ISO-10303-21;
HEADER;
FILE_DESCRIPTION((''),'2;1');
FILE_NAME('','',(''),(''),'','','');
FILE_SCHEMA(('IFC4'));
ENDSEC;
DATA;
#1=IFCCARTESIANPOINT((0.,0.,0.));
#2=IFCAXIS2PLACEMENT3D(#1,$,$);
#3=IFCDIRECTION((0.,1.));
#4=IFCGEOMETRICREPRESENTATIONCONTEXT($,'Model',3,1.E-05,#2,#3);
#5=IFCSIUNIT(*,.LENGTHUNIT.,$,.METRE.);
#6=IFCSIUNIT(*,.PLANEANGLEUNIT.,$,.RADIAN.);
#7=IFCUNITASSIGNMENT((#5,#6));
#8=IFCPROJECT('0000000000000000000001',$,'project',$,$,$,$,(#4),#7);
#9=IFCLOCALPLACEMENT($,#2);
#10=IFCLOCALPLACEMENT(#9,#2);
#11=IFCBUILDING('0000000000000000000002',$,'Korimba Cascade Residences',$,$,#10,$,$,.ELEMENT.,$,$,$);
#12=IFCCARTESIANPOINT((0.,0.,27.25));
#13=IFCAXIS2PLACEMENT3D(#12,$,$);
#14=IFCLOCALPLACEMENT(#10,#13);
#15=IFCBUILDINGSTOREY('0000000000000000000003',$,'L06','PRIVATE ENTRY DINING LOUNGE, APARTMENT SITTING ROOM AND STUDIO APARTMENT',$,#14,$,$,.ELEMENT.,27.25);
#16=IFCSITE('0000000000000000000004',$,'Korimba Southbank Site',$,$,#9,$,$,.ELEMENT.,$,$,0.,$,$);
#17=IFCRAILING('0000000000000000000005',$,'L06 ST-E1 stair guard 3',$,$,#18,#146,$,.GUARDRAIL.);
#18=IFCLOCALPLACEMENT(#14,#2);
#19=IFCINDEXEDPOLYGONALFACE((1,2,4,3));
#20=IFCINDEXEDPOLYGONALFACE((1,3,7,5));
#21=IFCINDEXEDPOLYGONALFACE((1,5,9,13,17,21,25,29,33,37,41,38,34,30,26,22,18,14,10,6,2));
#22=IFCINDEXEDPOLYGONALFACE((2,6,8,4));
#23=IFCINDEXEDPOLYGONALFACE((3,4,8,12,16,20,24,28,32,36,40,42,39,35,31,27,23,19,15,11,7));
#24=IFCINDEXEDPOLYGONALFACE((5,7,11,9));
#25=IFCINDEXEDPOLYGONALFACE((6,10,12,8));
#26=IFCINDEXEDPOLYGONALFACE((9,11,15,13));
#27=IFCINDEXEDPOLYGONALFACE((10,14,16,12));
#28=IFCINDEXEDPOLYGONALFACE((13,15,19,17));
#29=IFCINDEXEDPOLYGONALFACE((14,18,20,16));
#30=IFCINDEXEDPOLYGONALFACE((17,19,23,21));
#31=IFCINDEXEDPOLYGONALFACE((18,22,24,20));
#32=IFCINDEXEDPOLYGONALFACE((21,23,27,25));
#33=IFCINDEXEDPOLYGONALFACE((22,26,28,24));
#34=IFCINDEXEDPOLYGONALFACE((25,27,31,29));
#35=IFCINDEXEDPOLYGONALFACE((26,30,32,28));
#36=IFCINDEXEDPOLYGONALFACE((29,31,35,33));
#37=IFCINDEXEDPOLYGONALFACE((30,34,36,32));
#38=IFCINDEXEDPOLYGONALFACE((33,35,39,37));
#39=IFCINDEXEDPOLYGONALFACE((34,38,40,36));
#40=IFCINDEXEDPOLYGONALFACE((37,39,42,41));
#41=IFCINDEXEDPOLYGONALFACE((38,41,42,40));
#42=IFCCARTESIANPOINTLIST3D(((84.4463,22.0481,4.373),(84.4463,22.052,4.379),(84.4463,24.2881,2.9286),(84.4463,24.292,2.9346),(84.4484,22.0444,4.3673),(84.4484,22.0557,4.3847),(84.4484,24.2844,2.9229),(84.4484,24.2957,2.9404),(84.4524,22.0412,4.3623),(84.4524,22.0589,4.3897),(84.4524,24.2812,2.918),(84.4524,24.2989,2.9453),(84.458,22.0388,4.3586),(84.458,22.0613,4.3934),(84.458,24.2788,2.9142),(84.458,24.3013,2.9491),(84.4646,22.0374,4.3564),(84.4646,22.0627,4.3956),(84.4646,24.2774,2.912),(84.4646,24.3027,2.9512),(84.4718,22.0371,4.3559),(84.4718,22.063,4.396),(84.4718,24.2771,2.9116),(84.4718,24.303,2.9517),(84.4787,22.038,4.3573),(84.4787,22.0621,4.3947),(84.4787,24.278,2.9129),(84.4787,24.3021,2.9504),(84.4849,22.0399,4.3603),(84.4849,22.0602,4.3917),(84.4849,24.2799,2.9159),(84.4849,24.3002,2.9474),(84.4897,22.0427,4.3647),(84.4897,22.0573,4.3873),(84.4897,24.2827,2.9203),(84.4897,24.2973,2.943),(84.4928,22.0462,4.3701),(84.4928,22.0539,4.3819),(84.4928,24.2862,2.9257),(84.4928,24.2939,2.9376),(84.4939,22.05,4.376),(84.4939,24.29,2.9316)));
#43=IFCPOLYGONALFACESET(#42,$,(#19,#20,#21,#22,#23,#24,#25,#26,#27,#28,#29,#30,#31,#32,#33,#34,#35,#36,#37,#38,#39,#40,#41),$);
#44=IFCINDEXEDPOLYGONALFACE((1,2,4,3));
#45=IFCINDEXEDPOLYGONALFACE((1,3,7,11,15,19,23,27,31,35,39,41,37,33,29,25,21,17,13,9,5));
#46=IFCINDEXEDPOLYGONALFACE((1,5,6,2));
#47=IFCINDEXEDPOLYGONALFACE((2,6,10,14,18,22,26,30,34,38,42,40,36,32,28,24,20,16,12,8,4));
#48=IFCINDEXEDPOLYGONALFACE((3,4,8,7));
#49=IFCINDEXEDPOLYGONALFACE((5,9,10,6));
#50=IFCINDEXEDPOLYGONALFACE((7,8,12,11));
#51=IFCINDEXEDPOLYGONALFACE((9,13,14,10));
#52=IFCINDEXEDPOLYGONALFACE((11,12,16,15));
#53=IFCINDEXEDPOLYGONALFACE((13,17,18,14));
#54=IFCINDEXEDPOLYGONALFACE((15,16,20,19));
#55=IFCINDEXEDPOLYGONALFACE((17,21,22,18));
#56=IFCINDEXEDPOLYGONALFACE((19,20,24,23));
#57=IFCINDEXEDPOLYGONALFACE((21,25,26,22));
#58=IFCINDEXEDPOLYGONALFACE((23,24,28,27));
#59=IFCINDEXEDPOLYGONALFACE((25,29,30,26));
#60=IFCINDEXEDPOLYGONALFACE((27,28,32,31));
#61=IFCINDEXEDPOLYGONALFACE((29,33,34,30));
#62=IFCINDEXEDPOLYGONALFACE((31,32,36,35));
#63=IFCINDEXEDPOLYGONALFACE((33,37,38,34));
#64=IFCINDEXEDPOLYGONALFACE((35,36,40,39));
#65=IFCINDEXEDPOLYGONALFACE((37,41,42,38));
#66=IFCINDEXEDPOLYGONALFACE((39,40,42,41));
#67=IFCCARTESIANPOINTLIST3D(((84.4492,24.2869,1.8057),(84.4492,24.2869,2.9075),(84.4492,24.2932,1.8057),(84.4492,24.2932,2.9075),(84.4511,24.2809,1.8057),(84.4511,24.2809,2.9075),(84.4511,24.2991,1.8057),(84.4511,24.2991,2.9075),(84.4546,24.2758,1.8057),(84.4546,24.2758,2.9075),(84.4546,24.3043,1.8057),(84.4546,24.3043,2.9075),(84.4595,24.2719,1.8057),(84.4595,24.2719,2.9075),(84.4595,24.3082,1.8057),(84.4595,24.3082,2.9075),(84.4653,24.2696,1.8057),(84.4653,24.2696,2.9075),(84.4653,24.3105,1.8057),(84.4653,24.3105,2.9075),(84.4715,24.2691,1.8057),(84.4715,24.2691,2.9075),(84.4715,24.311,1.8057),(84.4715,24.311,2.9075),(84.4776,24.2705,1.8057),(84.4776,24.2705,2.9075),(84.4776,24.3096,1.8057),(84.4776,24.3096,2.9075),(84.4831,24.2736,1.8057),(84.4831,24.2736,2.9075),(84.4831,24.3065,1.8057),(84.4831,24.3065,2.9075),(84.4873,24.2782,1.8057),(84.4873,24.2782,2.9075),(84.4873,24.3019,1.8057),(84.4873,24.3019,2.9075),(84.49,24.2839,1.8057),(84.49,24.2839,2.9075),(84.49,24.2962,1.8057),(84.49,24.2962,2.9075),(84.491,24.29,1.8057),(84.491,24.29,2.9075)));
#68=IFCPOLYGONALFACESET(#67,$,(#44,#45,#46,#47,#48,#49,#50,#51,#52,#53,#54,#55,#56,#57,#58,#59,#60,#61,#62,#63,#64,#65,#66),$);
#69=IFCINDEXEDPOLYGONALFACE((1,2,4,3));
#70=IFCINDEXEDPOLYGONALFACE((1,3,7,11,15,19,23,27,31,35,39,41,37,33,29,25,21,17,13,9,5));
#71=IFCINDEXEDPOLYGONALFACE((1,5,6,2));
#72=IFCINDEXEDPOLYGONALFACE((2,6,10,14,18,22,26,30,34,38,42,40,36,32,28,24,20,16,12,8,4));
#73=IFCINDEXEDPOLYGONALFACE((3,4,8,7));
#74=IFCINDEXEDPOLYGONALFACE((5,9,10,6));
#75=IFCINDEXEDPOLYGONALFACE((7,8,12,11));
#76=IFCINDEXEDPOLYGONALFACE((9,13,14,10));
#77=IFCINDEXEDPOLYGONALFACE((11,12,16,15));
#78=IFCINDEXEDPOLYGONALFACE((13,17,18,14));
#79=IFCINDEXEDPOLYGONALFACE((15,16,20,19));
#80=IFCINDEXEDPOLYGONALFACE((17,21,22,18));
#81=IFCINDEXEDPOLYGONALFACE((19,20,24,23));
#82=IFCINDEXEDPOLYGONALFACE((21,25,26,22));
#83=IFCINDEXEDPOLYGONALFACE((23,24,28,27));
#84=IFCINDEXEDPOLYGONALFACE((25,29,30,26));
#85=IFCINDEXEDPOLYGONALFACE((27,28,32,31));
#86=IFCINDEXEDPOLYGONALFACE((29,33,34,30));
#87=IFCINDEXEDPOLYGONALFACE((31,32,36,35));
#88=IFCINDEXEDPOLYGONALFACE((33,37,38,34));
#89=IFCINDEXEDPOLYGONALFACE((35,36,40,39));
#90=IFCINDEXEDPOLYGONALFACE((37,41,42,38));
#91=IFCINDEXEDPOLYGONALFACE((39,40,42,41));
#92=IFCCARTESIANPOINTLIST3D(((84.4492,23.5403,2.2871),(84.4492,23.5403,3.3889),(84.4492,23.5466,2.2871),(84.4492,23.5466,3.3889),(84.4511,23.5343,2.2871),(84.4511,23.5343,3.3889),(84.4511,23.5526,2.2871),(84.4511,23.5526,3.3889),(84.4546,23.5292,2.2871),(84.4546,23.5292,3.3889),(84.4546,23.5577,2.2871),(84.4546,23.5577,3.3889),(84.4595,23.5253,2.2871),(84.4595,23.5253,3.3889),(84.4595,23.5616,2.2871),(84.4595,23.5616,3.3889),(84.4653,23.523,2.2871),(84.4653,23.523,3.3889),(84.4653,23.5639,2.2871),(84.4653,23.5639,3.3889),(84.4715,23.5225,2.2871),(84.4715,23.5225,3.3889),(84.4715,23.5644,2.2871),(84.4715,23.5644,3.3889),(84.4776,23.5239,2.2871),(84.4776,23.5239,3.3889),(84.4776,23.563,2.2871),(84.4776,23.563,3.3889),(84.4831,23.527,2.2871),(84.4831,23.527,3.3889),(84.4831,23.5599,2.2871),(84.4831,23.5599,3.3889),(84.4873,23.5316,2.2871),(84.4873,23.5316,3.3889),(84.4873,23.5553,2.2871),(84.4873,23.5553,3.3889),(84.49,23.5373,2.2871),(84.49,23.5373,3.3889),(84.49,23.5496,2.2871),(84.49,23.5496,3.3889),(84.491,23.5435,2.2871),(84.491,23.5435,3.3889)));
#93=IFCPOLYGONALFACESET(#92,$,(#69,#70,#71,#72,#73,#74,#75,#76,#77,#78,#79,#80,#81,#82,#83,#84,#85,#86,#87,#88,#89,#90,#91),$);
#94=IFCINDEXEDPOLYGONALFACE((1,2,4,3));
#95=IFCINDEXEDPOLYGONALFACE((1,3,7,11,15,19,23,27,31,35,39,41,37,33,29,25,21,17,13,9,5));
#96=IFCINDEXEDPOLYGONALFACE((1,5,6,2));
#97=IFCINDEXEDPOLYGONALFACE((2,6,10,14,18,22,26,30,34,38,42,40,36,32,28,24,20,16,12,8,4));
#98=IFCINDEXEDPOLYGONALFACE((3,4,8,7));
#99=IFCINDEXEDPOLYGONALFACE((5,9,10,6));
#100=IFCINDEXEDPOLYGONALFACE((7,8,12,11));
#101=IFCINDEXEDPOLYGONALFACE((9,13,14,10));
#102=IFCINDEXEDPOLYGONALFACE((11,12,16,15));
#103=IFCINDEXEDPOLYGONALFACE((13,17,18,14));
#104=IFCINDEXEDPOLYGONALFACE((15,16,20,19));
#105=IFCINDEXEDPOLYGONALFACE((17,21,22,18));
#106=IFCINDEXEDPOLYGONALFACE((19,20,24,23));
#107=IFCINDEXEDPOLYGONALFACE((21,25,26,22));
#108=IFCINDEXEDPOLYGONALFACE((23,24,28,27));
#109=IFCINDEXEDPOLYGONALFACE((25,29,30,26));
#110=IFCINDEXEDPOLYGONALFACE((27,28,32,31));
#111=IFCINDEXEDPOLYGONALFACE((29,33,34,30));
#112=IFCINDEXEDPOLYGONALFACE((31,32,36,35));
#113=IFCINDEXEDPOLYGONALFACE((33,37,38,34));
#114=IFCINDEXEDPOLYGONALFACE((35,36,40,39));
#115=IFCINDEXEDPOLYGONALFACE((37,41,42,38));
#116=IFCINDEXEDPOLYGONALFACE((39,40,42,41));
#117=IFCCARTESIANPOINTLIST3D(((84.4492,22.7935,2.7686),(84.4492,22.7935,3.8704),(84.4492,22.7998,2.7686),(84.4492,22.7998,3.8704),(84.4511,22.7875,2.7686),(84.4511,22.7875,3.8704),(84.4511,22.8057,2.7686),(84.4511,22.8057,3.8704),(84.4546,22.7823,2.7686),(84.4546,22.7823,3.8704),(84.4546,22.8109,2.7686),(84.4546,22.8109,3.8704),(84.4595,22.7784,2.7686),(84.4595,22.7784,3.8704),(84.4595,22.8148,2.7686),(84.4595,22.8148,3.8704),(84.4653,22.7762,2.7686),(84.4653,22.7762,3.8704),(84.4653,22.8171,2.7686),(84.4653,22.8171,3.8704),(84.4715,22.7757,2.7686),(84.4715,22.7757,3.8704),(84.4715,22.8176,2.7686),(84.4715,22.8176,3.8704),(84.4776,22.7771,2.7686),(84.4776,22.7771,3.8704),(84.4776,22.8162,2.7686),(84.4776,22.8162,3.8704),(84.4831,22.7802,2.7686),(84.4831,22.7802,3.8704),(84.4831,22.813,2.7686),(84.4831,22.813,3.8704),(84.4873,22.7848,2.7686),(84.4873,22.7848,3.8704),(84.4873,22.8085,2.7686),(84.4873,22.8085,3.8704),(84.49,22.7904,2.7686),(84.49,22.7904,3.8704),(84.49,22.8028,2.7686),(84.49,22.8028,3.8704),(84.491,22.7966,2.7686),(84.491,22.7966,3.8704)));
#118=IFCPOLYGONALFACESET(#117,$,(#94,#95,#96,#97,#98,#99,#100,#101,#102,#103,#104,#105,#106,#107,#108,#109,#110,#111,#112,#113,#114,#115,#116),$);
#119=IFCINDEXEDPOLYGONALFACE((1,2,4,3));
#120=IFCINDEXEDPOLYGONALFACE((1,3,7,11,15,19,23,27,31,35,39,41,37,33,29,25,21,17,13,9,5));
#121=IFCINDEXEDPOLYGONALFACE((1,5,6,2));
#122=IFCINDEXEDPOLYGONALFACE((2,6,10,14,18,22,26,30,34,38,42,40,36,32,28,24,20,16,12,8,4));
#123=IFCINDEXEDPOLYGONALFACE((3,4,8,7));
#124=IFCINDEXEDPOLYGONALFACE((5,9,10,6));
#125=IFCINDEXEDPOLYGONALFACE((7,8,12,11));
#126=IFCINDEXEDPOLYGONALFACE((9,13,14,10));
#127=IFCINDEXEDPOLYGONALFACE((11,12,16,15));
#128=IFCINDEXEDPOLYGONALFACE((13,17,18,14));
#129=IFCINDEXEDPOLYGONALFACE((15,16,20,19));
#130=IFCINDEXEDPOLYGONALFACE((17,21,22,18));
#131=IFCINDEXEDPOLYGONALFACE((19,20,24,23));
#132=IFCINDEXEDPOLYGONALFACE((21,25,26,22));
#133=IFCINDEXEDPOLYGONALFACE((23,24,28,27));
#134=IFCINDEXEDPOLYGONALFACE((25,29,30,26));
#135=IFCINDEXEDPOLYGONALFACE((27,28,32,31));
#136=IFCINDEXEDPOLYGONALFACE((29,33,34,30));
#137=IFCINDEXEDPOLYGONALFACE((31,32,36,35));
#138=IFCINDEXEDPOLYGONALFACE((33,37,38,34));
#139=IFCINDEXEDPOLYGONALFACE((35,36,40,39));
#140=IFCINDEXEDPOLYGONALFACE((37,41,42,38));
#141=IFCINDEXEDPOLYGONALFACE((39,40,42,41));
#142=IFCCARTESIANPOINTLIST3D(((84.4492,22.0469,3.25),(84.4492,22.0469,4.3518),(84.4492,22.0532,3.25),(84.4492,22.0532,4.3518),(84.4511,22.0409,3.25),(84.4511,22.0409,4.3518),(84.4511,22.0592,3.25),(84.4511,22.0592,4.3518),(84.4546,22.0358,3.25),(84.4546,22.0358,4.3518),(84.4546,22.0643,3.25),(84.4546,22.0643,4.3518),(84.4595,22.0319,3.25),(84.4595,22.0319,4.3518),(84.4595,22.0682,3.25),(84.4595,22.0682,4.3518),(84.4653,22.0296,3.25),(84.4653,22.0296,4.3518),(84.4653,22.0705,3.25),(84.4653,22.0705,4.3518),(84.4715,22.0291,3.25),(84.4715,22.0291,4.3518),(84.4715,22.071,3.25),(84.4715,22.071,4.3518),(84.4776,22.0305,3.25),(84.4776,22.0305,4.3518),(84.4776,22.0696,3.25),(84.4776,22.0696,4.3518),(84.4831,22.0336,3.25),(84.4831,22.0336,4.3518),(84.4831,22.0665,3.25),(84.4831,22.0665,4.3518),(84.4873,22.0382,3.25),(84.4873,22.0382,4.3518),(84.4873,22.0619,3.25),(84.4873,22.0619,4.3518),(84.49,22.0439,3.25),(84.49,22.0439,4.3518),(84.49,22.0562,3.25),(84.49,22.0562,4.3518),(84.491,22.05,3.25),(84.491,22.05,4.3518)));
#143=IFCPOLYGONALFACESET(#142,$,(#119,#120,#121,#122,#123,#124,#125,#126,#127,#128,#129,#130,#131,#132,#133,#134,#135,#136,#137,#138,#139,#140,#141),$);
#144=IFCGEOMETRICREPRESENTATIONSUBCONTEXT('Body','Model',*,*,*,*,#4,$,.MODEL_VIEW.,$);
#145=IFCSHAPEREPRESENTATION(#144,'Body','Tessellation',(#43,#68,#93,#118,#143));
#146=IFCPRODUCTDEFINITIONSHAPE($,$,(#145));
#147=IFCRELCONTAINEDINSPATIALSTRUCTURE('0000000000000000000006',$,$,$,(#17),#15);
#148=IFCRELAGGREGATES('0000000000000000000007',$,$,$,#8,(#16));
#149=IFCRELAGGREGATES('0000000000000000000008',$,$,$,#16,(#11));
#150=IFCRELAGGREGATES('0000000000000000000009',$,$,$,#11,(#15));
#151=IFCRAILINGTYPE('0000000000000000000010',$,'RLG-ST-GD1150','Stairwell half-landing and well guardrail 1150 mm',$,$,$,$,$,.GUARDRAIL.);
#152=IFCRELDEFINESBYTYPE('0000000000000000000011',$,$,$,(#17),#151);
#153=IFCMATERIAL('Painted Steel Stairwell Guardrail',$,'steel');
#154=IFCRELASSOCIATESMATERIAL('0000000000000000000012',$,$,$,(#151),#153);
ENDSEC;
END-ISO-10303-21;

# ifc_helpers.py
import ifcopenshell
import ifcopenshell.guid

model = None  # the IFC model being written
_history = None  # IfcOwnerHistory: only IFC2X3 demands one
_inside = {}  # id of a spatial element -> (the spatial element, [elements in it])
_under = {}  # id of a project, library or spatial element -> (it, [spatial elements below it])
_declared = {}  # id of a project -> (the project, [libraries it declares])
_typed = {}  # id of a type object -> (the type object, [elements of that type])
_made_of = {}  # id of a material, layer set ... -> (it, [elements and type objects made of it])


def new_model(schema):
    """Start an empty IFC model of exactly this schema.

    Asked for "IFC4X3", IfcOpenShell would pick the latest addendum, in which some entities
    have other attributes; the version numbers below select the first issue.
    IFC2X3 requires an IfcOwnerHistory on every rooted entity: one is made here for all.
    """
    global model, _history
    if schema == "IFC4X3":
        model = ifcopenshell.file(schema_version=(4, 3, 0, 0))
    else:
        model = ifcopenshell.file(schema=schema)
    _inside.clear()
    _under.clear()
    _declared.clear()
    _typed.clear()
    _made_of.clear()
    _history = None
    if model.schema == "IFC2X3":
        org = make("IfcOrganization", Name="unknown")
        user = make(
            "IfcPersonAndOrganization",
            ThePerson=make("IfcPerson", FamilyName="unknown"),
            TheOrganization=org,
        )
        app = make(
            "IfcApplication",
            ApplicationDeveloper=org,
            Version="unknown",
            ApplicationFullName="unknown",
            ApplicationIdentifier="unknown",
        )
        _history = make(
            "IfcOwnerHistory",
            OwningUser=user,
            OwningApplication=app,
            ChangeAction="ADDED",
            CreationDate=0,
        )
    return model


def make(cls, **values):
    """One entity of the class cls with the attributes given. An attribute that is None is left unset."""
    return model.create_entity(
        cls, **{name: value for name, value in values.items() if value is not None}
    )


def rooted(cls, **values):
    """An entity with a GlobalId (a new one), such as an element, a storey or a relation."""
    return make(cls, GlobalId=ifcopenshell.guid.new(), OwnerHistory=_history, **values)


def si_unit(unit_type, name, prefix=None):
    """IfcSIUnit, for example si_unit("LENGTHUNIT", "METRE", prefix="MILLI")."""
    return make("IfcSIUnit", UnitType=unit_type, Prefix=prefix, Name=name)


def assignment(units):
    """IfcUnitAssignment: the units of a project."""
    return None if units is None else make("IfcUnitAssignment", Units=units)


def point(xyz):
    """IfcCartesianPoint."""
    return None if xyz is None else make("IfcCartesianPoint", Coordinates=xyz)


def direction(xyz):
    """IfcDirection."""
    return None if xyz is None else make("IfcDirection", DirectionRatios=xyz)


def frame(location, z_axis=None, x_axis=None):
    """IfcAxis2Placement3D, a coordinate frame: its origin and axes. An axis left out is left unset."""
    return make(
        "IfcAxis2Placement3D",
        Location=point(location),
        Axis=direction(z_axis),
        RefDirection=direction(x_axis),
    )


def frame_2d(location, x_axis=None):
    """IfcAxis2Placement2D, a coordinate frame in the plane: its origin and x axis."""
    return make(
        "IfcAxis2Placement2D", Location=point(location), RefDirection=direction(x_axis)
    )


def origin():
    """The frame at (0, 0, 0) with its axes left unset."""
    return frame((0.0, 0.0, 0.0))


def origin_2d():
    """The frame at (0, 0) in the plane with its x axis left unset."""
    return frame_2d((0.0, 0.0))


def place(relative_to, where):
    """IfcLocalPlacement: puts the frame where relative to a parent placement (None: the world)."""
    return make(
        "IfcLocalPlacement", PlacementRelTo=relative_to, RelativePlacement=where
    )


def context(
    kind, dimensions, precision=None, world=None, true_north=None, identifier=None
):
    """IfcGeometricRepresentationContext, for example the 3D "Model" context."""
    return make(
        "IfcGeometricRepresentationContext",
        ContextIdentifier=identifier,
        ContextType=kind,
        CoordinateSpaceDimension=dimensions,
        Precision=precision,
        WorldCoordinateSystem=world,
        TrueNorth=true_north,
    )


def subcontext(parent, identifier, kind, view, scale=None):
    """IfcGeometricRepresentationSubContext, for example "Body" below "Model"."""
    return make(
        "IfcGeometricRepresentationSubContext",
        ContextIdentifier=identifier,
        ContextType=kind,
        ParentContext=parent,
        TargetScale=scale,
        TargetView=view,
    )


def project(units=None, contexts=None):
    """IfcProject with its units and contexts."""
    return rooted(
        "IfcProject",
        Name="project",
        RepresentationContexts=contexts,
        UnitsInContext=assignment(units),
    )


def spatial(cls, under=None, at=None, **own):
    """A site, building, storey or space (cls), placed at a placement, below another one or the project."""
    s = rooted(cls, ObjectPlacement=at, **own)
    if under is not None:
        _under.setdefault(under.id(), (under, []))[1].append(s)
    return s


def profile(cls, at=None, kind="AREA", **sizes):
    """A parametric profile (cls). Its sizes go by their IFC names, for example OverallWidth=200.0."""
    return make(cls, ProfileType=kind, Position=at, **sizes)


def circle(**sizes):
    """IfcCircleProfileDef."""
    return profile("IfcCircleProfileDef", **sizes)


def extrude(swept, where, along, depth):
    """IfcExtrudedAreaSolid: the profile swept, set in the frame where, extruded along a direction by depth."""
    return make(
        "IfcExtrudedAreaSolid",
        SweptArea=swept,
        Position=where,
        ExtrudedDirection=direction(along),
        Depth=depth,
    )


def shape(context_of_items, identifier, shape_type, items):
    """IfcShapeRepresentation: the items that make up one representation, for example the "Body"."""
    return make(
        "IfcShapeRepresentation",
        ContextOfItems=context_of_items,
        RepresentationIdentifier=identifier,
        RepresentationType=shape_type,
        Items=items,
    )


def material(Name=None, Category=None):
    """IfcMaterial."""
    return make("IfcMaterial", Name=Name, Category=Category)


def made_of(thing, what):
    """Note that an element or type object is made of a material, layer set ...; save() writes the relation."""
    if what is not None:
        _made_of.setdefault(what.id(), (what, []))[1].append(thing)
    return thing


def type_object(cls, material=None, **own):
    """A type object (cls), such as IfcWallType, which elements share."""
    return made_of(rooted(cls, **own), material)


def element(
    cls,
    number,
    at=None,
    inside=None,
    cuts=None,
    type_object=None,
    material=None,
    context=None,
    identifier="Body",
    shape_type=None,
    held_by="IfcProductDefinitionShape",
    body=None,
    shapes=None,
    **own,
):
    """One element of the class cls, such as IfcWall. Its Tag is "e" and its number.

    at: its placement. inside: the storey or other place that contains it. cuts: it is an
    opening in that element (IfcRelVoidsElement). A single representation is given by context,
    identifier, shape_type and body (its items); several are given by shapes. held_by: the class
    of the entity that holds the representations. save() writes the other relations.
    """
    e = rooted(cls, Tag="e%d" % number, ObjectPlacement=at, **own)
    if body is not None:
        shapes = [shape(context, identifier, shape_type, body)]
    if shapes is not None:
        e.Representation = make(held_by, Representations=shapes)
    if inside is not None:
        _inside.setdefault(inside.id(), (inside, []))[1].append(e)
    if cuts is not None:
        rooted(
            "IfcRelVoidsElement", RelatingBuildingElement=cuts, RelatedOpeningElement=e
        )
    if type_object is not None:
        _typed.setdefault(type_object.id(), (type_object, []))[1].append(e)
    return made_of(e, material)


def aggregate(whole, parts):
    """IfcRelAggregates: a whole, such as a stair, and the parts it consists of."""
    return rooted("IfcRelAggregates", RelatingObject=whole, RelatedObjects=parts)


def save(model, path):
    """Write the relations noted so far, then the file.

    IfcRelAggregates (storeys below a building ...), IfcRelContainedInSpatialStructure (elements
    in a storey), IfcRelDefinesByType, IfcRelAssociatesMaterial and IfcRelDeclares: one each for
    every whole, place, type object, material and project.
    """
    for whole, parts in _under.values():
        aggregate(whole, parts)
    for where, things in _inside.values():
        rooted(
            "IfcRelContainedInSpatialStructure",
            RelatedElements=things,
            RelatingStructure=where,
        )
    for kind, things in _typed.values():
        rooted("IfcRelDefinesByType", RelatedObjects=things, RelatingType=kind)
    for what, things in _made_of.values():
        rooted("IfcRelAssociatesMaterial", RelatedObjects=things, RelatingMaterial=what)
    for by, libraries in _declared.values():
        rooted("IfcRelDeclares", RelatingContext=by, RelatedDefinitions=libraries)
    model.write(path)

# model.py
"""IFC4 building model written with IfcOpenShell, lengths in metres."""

from ifc_helpers import new_model, si_unit, direction, frame, origin, origin_2d, place, context, subcontext, project, spatial, circle, extrude, material, type_object, element, save


model = new_model("IFC4")

# Units and contexts
model_context = context("Model", 3, precision=1e-05, world=origin(), true_north=direction((0.0, 1.0)))
body_context = subcontext(model_context, "Body", "Model", "MODEL_VIEW")
ifc_project = project(units=[si_unit("LENGTHUNIT", "METRE"), si_unit("PLANEANGLEUNIT", "RADIAN")], contexts=[model_context])

# Site, building, storey
site_placement = place(None, origin())
site = spatial("IfcSite", under=ifc_project, at=site_placement, Name="Korimba Southbank Site", CompositionType="ELEMENT", RefElevation=0.0)
building_placement = place(site_placement, origin())
building = spatial("IfcBuilding", under=site, at=building_placement, Name="Korimba Cascade Residences", CompositionType="ELEMENT")
storey_placement = place(building_placement, frame((0.0, 0.0, 27.25)))
storey = spatial("IfcBuildingStorey", under=building, at=storey_placement, Name="L06", Description="PRIVATE ENTRY DINING LOUNGE, APARTMENT SITTING ROOM AND STUDIO APARTMENT", CompositionType="ELEMENT", Elevation=27.25)

# Railing
ifc_material_1 = material(Name="Painted Steel Stairwell Guardrail", Category="steel")
railing_type_1 = type_object("IfcRailingType", Name="RLG-ST-GD1150", Description="Stairwell half-landing and well guardrail 1150 mm", PredefinedType="GUARDRAIL", material=ifc_material_1)
railing_1_placement = place(storey_placement, frame((84.47, 24.29, 1.8057)))
element("IfcRailing", 1, at=railing_1_placement, inside=storey, type_object=railing_type_1, Name="L06 ST-E1 stair guard 3", PredefinedType="GUARDRAIL", context=body_context, shape_type="SweptSolid", body=[
    extrude(circle(Radius=0.0239, at=origin_2d()), frame((0.0, 0.0, 1.126), z_axis=(0.0, -0.840437, 0.54191), x_axis=(1.0, 0.0, 0.0)), (0.0, 0.0, 1.0), 2.6653),
    extrude(circle(Radius=0.021, at=origin_2d()), origin(), (0.0, 0.0, 1.0), 1.1018),
    extrude(circle(Radius=0.021, at=origin_2d()), frame((0.0, -0.7466, 0.4814)), (0.0, 0.0, 1.0), 1.1018),
    extrude(circle(Radius=0.021, at=origin_2d()), frame((0.0, -1.4934, 0.9629)), (0.0, 0.0, 1.0), 1.1018),
    extrude(circle(Radius=0.021, at=origin_2d()), frame((0.0, -2.24, 1.4443)), (0.0, 0.0, 1.0), 1.1018),
])

save(model, "model.ifc")
